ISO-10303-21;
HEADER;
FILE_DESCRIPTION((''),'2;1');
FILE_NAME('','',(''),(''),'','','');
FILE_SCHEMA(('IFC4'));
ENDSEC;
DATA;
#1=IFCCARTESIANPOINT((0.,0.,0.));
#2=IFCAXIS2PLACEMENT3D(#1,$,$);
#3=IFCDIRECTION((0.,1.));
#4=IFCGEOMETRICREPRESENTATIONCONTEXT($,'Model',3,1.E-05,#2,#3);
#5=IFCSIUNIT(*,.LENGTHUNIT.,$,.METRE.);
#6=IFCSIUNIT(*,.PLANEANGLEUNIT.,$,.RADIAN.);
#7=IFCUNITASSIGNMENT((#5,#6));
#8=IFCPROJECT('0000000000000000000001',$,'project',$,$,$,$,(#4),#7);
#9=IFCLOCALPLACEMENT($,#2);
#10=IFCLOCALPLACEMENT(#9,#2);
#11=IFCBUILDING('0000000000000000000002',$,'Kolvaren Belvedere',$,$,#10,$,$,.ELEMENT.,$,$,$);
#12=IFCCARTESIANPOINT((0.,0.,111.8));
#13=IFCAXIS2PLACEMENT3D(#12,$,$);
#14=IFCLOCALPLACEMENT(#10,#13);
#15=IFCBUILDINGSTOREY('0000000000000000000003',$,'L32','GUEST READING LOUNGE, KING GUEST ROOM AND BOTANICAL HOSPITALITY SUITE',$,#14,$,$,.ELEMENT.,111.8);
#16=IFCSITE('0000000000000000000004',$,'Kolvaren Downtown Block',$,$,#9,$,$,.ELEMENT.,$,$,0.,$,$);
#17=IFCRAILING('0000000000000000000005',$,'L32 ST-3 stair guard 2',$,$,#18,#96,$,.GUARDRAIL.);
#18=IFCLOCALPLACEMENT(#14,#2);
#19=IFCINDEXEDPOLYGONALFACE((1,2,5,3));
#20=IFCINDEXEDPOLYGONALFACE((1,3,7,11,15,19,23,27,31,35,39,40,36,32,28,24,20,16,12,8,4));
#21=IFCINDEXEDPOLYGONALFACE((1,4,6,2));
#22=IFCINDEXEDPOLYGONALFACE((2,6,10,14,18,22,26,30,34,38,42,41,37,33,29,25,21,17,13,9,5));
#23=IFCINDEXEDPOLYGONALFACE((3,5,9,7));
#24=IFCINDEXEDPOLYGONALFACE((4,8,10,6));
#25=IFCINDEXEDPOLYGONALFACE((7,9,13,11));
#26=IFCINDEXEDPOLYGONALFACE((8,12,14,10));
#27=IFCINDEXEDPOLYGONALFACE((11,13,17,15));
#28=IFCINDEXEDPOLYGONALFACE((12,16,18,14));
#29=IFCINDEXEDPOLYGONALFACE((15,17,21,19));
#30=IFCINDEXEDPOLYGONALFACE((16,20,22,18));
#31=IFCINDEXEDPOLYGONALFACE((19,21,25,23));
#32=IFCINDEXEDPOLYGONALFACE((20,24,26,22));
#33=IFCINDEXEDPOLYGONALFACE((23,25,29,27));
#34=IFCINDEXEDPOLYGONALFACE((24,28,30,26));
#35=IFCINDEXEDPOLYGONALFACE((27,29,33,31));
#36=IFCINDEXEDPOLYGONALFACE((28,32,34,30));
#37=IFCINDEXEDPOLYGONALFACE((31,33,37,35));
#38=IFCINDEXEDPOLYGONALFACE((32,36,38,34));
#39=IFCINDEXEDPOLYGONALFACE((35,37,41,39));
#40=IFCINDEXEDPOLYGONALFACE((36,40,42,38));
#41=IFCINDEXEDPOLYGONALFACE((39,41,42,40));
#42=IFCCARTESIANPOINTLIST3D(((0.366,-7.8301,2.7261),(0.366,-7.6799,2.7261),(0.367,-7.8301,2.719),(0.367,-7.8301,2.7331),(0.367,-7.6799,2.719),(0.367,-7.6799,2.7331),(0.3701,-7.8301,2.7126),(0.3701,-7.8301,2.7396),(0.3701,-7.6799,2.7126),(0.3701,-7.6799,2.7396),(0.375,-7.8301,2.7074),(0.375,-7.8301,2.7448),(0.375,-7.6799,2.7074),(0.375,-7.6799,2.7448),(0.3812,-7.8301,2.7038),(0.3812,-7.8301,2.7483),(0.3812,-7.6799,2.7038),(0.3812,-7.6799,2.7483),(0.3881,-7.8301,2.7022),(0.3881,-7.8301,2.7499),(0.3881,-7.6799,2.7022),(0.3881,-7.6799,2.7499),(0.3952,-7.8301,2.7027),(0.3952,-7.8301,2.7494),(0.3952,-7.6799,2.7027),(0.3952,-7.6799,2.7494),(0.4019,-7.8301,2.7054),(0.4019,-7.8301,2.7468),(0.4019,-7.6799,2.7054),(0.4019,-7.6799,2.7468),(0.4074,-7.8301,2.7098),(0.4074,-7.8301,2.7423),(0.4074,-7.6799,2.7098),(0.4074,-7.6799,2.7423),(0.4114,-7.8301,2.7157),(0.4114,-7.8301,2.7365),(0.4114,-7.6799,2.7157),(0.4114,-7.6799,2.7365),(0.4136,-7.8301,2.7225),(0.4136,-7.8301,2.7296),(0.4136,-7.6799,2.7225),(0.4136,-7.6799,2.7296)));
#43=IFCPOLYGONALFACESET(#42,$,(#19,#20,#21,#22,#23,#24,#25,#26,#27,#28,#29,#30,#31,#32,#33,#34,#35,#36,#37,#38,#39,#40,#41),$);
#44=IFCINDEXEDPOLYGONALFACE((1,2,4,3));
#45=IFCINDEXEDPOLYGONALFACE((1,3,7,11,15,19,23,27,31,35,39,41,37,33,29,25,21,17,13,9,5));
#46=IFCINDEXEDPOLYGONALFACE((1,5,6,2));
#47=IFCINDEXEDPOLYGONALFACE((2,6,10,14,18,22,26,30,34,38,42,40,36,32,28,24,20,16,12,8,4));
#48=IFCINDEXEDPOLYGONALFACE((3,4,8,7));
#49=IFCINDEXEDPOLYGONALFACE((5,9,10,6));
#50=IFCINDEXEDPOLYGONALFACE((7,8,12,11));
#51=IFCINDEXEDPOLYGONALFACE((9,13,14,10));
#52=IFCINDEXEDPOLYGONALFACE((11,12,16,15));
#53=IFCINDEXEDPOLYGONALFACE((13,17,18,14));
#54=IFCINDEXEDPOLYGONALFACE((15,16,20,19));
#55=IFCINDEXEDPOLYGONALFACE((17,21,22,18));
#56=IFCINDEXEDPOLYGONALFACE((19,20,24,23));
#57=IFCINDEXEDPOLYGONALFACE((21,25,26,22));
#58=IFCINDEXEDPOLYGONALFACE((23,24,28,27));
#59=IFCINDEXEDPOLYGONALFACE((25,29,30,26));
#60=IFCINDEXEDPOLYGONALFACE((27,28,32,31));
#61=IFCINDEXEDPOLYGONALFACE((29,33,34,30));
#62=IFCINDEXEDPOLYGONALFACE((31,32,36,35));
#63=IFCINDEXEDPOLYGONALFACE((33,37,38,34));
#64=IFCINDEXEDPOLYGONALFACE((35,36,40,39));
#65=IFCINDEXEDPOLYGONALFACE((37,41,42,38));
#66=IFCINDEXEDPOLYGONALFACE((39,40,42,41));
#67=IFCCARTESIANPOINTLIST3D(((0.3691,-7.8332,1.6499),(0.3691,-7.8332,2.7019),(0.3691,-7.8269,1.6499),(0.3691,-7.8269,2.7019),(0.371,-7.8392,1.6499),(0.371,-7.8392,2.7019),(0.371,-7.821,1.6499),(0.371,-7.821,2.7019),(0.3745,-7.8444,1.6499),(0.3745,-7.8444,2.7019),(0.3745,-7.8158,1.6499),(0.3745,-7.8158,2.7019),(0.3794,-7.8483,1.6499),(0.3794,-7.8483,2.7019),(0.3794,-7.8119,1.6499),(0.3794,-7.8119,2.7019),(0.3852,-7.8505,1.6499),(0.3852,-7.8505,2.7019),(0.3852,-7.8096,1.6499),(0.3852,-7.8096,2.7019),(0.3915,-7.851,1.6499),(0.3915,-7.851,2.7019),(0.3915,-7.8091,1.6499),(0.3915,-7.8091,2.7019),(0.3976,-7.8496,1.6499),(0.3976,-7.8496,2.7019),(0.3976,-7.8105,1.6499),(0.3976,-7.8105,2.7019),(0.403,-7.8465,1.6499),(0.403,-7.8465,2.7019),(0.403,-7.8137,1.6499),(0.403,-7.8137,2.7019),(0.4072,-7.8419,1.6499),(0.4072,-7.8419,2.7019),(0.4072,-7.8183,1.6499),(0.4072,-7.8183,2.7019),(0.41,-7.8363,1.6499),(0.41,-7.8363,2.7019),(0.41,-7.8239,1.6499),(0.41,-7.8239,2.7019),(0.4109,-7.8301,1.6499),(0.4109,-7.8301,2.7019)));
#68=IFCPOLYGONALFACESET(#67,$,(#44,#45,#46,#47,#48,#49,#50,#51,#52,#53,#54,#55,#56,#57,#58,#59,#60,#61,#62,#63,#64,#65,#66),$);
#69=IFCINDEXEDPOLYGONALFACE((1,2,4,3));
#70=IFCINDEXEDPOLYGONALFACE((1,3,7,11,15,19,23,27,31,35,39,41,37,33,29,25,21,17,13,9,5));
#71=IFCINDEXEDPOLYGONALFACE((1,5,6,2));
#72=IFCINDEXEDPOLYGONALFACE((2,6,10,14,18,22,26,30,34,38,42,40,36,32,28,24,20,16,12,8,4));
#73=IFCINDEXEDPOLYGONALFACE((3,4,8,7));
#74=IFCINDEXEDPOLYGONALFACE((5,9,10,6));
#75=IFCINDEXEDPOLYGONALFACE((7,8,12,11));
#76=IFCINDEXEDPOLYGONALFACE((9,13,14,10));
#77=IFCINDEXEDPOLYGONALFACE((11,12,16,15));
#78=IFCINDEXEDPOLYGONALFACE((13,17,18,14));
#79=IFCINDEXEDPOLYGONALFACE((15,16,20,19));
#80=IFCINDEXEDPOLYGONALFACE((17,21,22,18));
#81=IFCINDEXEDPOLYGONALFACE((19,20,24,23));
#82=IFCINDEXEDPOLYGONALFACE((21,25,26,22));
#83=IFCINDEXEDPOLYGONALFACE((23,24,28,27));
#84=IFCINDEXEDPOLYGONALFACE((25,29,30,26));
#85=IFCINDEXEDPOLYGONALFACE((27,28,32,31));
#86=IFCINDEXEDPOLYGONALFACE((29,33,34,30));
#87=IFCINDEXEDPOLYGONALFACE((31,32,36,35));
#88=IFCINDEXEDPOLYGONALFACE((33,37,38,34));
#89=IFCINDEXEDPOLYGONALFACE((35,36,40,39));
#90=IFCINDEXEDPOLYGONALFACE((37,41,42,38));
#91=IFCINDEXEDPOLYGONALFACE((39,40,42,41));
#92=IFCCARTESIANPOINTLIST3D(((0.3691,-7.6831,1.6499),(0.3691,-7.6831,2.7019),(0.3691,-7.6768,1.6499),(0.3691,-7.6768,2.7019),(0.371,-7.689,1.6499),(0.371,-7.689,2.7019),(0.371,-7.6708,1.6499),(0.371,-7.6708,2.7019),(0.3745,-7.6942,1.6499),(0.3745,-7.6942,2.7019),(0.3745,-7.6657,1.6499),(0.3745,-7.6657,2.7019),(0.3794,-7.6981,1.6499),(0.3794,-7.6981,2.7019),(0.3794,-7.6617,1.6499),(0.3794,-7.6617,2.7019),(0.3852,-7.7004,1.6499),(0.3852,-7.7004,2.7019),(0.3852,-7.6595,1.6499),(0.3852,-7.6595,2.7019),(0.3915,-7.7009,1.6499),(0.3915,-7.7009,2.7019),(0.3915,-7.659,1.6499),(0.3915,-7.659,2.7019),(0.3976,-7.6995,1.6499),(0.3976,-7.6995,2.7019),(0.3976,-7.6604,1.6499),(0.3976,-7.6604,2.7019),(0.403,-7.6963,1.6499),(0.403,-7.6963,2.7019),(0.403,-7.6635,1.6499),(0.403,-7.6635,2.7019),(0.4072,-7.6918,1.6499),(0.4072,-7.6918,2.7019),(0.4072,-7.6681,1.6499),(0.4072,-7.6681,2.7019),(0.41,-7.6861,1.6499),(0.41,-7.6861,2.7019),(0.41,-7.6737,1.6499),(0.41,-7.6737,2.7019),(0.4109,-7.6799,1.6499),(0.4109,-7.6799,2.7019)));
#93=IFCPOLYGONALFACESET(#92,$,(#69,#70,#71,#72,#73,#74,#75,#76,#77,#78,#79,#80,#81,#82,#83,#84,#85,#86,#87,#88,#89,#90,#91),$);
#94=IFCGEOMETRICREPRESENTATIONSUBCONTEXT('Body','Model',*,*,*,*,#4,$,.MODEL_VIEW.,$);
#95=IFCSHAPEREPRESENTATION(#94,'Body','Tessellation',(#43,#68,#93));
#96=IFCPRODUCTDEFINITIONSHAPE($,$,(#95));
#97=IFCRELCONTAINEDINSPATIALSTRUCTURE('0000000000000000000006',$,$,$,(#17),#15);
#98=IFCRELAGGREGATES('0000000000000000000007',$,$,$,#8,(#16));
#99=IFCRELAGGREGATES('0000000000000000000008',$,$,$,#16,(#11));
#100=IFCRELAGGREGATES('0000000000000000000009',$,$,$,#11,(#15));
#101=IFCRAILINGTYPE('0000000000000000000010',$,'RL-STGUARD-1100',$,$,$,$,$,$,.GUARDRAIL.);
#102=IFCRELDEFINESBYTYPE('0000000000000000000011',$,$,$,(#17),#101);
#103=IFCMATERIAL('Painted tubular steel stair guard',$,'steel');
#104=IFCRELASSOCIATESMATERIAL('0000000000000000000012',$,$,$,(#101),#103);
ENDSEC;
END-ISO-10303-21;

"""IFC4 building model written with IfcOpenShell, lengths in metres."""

from ifc_helpers import new_model, si_unit, direction, frame, origin, origin_2d, place, context, subcontext, project, spatial, circle, extrude, material, type_object, element, save


model = new_model("IFC4")

# Units and contexts
model_context = context("Model", 3, precision=1e-05, world=origin(), true_north=direction((0.0, 1.0)))
body_context = subcontext(model_context, "Body", "Model", "MODEL_VIEW")
ifc_project = project(units=[si_unit("LENGTHUNIT", "METRE"), si_unit("PLANEANGLEUNIT", "RADIAN")], contexts=[model_context])

# Site, building, storey
site_placement = place(None, origin())
site = spatial("IfcSite", under=ifc_project, at=site_placement, Name="Kolvaren Downtown Block", CompositionType="ELEMENT", RefElevation=0.0)
building_placement = place(site_placement, origin())
building = spatial("IfcBuilding", under=site, at=building_placement, Name="Kolvaren Belvedere", CompositionType="ELEMENT")
storey_placement = place(building_placement, frame((0.0, 0.0, 111.8)))
storey = spatial("IfcBuildingStorey", under=building, at=storey_placement, Name="L32", Description="GUEST READING LOUNGE, KING GUEST ROOM AND BOTANICAL HOSPITALITY SUITE", CompositionType="ELEMENT", Elevation=111.8)

# Railing
ifc_material_1 = material(Name="Painted tubular steel stair guard", Category="steel")
railing_type_1 = type_object("IfcRailingType", Name="RL-STGUARD-1100", PredefinedType="GUARDRAIL", material=ifc_material_1)
railing_1_placement = place(storey_placement, frame((0.3899, -7.8301, 1.6499)))
element("IfcRailing", 1, at=railing_1_placement, inside=storey, type_object=railing_type_1, Name="L32 ST-3 stair guard 2", PredefinedType="GUARDRAIL", context=body_context, shape_type="SweptSolid", body=[
    extrude(circle(Radius=0.0239, at=origin_2d()), frame((0.0, 0.0, 1.0762), z_axis=(0.0, 1.0, 0.0), x_axis=(-1.0, 0.0, 0.0)), (0.0, 0.0, 1.0), 0.1501),
    extrude(circle(Radius=0.021, at=origin_2d()), origin(), (0.0, 0.0, 1.0), 1.052),
    extrude(circle(Radius=0.021, at=origin_2d()), frame((0.0, 0.1501, 0.0)), (0.0, 0.0, 1.0), 1.052),
])

save(model, "model.ifc")
